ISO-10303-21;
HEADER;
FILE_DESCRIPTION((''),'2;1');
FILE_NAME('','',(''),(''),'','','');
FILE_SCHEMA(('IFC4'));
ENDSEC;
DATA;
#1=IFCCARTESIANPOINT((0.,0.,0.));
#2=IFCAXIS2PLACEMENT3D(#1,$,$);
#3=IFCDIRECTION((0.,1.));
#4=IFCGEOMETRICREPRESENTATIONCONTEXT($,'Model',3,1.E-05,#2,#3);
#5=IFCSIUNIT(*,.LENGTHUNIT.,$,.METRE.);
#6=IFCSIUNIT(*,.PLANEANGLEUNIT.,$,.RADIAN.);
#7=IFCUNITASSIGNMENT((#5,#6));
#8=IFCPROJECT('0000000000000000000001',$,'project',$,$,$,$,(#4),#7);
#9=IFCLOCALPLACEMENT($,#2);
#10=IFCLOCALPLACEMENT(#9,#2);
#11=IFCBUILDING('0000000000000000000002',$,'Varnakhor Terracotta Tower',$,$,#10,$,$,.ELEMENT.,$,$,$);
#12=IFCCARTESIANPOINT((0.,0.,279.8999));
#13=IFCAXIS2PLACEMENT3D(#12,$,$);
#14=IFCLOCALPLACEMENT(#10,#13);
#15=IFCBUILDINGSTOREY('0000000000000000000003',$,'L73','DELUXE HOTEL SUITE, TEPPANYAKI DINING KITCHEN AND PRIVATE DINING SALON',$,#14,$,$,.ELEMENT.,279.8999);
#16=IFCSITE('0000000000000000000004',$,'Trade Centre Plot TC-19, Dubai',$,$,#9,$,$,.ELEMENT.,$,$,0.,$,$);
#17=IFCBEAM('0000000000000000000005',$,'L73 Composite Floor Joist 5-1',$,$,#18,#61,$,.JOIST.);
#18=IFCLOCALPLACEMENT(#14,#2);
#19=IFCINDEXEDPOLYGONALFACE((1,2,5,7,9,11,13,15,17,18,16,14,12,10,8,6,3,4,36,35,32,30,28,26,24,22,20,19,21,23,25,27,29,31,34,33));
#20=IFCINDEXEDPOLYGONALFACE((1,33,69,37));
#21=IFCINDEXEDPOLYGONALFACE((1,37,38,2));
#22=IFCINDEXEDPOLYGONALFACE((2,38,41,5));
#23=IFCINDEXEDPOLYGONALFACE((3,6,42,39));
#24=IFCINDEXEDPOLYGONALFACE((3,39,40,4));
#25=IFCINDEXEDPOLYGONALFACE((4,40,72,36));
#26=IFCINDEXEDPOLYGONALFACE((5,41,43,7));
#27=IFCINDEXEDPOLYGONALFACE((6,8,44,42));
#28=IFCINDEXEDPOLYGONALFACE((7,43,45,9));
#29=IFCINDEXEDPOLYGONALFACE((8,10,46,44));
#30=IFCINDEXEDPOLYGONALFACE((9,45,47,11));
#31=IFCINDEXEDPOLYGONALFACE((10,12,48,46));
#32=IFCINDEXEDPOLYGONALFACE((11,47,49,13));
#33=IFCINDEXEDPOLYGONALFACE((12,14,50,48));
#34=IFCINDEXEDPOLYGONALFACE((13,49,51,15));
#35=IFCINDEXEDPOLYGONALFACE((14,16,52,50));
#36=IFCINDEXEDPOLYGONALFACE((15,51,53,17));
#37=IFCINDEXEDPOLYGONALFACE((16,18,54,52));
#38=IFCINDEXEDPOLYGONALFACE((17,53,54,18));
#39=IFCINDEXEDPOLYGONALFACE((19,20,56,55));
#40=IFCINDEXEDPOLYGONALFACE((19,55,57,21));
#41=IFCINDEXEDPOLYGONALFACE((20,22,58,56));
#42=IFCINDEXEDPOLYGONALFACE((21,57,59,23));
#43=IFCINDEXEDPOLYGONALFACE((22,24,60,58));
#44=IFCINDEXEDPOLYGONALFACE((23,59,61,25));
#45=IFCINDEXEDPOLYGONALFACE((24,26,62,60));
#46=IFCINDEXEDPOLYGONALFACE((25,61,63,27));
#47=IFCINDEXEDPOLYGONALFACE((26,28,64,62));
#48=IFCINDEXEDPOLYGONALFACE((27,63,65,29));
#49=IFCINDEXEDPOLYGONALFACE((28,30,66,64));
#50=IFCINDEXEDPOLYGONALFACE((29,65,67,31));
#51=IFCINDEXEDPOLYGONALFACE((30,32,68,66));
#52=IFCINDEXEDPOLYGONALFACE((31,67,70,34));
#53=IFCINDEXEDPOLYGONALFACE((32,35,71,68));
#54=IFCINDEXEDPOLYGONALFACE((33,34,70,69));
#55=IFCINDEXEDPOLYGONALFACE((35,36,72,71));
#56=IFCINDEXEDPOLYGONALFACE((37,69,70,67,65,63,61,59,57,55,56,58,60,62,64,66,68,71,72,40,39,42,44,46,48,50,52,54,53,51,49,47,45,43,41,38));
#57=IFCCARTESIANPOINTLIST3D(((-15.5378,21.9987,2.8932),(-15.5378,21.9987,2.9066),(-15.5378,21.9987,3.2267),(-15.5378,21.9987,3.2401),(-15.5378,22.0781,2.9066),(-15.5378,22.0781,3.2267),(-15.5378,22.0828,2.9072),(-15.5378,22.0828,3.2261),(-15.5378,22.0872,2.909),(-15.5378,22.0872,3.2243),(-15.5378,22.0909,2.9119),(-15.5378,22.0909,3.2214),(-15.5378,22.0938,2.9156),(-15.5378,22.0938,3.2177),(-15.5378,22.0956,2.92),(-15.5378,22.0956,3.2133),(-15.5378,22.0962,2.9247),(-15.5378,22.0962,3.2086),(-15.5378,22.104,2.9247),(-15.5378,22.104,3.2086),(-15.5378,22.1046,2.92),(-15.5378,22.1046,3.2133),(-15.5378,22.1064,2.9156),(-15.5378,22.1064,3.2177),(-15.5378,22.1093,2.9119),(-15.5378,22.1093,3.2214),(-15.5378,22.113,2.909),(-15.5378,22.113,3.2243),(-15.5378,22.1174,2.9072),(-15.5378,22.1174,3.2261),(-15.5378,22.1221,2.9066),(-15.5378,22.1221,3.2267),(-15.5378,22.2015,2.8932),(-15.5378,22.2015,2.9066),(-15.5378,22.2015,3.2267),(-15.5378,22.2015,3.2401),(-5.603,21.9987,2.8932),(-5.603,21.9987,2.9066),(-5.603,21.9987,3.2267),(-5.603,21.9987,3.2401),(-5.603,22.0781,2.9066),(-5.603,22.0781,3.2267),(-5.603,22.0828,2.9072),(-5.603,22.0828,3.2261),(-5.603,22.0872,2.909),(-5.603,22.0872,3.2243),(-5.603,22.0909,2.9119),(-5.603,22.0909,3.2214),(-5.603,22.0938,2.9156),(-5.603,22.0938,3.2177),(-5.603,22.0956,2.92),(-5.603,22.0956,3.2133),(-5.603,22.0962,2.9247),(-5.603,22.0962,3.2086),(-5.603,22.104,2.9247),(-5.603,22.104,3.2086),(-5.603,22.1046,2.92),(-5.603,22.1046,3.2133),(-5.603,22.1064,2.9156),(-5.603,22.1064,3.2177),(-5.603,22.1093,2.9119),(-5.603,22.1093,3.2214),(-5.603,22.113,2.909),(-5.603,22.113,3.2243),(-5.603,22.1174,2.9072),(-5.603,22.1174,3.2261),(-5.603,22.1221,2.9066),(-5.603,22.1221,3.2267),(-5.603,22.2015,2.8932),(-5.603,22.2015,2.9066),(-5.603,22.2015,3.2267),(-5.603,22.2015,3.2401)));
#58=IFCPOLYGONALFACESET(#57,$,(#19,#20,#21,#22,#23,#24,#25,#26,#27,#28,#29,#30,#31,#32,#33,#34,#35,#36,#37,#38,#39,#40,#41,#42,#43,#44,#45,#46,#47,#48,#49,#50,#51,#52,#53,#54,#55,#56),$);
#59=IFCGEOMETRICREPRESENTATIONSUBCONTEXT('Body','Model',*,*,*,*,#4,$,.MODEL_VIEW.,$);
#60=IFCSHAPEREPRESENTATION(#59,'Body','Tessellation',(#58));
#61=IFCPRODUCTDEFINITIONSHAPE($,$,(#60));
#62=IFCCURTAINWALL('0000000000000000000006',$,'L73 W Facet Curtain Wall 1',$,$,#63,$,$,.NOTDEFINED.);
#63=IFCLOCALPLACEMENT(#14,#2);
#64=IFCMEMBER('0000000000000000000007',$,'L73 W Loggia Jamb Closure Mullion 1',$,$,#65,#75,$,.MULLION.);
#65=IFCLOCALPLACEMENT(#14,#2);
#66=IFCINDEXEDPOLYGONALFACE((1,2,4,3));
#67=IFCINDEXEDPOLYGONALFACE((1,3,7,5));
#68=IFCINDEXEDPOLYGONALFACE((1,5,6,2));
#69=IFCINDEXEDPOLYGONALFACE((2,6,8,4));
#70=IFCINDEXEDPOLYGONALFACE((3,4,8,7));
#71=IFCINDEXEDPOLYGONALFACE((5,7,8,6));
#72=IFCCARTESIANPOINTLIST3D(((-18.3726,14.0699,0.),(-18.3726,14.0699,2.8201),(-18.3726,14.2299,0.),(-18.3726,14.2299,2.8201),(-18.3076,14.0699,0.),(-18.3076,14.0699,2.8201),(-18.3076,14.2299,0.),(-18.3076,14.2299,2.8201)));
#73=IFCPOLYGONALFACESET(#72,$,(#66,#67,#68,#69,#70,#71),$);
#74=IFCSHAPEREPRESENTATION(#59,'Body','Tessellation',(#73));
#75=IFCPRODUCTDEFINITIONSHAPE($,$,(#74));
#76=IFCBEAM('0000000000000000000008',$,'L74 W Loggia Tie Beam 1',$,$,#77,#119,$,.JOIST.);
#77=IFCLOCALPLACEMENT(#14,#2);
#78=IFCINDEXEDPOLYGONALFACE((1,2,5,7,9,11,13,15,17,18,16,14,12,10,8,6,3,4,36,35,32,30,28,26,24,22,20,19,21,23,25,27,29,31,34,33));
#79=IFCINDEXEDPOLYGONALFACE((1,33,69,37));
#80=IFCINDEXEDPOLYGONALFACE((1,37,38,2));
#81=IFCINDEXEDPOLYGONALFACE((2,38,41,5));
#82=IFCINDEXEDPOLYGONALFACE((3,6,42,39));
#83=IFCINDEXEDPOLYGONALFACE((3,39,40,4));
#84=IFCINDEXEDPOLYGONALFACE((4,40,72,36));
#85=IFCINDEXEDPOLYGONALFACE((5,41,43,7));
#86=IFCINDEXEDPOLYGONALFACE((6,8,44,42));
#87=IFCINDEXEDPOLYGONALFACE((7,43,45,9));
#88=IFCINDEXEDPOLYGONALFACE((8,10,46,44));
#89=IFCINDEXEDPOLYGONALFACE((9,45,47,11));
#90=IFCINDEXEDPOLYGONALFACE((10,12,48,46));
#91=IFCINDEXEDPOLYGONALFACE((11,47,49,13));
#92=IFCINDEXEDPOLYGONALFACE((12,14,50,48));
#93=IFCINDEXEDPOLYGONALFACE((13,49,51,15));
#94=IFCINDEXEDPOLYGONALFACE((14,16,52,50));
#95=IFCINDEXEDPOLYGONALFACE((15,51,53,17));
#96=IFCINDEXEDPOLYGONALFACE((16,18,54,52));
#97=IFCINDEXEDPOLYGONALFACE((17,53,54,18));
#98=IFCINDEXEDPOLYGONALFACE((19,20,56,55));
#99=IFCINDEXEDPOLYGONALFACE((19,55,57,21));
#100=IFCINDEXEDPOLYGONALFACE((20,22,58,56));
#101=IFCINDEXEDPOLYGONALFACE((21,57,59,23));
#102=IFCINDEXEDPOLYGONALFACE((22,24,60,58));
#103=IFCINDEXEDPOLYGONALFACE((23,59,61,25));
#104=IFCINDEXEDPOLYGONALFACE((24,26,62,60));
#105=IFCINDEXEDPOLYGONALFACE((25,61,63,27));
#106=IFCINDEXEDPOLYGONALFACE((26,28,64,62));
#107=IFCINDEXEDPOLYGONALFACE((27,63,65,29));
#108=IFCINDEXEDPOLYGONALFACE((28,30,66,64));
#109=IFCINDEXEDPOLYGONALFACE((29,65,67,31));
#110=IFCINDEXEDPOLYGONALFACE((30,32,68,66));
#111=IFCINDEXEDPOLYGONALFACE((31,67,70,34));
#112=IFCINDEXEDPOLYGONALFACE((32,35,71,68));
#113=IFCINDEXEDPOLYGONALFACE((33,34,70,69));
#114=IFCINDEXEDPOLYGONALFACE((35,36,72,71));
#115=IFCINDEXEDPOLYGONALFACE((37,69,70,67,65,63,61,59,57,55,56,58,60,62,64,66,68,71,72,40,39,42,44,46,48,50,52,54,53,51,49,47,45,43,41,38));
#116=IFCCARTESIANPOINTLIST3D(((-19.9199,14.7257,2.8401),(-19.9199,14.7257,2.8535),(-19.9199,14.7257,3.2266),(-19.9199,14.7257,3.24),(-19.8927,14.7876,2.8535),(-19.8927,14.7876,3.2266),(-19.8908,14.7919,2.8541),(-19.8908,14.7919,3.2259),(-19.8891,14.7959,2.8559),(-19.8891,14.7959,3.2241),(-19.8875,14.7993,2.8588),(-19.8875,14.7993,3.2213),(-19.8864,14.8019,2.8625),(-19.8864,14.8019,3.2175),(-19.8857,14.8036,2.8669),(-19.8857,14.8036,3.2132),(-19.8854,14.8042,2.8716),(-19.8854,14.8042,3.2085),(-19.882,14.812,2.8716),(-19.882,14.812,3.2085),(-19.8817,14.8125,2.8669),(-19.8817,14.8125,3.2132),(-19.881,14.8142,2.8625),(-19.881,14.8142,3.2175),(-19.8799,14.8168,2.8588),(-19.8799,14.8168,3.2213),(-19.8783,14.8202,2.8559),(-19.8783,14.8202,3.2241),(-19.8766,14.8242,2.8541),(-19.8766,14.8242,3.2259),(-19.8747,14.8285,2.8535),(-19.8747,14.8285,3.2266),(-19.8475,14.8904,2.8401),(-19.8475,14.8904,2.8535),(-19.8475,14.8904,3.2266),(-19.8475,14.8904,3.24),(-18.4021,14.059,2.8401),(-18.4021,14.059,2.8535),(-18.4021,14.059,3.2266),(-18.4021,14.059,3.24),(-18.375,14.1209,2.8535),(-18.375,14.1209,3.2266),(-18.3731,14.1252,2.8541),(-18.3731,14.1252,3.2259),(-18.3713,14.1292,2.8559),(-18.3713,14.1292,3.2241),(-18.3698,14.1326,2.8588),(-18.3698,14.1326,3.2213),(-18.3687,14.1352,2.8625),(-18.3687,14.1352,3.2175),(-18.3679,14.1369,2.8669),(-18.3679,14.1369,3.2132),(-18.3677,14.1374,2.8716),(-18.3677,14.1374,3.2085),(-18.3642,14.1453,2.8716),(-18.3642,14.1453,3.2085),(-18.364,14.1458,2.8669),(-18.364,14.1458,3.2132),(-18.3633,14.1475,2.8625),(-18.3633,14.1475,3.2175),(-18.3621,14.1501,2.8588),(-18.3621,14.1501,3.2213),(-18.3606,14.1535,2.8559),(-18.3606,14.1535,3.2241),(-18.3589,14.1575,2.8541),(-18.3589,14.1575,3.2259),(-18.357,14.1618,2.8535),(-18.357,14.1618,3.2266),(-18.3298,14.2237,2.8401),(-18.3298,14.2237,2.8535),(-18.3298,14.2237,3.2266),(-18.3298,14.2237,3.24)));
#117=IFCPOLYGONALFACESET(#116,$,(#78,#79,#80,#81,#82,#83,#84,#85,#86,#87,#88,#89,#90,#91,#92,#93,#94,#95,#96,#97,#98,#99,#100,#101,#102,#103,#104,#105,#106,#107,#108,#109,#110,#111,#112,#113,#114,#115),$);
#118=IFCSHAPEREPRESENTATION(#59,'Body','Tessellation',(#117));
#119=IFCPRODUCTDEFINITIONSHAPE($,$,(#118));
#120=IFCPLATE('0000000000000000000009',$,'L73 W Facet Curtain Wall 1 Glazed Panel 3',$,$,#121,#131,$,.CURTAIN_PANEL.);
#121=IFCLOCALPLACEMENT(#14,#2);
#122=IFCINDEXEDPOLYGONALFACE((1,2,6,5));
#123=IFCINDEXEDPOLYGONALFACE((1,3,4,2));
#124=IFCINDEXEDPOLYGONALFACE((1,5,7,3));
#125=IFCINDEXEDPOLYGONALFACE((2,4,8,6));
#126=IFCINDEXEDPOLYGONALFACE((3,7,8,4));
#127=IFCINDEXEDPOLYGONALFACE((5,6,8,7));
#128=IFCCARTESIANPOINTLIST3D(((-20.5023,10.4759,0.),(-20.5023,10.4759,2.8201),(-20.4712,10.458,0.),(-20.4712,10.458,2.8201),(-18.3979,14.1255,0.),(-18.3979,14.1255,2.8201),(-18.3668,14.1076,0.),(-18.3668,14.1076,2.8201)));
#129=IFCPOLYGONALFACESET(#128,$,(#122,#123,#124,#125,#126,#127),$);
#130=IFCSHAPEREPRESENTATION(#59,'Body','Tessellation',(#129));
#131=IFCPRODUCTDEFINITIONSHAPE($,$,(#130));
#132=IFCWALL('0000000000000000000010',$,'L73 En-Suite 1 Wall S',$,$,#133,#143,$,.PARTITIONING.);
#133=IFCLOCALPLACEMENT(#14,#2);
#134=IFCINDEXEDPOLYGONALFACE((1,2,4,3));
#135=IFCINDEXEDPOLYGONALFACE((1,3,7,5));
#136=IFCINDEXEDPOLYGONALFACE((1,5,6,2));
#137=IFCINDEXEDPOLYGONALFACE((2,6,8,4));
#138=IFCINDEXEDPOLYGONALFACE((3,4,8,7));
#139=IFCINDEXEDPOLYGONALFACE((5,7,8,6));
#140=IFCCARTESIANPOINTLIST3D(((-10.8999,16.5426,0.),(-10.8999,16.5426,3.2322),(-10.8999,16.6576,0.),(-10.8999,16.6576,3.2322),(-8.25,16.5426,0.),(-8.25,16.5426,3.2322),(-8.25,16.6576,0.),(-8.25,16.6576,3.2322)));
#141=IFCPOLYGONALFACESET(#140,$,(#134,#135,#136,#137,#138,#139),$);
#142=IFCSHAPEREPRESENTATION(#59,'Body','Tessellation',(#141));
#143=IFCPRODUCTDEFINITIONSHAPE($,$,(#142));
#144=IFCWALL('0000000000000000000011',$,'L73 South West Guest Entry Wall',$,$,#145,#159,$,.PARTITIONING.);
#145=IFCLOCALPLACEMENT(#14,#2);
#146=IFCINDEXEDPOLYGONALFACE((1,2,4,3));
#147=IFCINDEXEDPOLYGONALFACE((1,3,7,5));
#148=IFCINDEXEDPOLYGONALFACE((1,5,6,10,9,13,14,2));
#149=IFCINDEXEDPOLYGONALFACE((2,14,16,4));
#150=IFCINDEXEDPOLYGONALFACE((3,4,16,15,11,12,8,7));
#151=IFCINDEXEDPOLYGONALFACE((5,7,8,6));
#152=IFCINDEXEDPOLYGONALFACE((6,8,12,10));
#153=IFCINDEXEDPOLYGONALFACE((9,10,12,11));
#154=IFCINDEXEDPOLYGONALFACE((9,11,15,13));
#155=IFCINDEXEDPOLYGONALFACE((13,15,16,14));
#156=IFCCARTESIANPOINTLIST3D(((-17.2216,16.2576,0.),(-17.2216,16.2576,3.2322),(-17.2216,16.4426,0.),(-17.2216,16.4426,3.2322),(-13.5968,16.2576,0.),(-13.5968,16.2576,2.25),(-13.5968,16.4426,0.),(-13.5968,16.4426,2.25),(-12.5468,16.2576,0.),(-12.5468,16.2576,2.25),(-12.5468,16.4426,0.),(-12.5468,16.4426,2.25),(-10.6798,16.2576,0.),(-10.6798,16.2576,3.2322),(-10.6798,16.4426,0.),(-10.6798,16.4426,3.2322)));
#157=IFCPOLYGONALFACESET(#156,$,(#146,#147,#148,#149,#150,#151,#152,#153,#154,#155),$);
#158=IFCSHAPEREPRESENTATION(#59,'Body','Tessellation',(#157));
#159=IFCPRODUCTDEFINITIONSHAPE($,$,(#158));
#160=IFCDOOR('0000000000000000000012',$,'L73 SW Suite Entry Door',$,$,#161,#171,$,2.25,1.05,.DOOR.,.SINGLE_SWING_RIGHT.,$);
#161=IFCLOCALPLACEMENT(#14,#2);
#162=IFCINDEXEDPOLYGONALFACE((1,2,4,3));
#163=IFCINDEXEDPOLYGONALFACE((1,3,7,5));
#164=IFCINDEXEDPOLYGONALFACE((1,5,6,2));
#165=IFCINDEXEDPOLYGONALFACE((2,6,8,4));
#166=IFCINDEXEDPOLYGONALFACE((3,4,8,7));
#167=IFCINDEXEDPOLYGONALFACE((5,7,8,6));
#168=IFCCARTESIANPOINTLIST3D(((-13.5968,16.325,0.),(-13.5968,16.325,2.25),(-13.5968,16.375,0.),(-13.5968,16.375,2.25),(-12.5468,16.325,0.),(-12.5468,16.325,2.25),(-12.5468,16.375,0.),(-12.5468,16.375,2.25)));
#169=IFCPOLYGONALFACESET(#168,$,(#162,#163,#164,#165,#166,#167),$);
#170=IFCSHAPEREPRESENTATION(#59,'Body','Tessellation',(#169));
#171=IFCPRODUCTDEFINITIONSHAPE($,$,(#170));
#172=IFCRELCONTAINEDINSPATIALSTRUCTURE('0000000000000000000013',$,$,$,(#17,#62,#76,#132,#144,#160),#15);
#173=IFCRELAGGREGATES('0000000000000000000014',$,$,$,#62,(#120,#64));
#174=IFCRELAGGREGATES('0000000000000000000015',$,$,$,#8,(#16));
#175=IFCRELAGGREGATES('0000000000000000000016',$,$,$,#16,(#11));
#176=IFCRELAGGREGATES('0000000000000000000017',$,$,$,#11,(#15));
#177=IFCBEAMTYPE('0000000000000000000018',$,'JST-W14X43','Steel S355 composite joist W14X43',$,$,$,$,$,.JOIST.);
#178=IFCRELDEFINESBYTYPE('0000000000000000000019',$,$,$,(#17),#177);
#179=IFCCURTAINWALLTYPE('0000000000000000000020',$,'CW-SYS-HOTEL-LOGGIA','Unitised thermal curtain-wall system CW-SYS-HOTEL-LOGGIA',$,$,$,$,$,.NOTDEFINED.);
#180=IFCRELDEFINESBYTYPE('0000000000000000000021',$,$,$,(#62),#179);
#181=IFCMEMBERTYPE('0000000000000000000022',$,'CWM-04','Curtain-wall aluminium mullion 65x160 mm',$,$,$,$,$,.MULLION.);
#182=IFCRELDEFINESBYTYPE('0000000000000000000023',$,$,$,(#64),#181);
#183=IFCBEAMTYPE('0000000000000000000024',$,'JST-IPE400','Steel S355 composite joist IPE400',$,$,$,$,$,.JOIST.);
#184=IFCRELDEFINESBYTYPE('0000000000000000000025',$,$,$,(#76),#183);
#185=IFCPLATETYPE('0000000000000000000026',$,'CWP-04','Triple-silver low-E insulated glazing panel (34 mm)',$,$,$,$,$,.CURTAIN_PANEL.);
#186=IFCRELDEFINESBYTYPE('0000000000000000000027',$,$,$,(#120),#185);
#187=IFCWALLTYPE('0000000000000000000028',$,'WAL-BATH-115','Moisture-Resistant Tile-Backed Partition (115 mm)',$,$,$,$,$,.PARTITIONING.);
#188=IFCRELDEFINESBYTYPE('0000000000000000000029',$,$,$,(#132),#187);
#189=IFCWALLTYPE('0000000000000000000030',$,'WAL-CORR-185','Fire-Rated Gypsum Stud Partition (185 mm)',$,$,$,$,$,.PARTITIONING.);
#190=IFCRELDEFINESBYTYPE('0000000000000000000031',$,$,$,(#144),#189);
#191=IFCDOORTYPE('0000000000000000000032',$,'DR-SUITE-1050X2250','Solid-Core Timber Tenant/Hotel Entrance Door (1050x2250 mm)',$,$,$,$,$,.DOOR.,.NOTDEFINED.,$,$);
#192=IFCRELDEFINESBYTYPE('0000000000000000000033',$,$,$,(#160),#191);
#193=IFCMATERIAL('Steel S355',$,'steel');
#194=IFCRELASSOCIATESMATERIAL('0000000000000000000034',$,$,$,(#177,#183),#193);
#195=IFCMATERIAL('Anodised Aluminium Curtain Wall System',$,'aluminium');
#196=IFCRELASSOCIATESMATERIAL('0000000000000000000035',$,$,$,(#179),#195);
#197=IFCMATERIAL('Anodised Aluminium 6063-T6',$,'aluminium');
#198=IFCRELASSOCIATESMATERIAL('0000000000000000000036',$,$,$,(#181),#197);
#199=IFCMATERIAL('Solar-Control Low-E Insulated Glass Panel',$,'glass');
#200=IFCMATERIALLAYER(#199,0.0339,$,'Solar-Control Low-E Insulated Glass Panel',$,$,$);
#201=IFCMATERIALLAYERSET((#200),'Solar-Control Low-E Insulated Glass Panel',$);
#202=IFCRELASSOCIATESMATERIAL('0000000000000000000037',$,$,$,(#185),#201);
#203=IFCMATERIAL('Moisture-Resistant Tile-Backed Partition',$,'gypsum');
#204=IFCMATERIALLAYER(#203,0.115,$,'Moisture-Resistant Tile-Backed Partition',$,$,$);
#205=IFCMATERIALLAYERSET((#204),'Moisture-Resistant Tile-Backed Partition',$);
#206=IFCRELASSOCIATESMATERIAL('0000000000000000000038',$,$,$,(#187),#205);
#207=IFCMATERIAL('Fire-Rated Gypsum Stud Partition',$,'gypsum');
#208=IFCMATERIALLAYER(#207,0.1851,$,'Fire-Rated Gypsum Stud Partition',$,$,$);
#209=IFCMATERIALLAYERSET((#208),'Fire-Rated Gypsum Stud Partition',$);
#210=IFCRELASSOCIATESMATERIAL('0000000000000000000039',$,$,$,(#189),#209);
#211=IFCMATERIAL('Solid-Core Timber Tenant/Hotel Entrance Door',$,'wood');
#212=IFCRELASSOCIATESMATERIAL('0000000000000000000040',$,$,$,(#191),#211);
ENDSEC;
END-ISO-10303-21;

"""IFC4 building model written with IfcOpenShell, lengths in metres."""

from ifc_helpers import new_model, si_unit, direction, frame, frame_2d, origin, origin_2d, place, context, subcontext, project, spatial, rectangle, i_section, extrude, source, transform, mapped, material, layer, layer_set, material_profile, profile_set, type_object, type_shapes, element, fill, aggregate, save


model = new_model("IFC4")

# Units and contexts
model_context = context("Model", 3, precision=1e-05, world=origin(), true_north=direction((0.0, 1.0)))
body_context = subcontext(model_context, "Body", "Model", "MODEL_VIEW")
ifc_project = project(units=[si_unit("LENGTHUNIT", "METRE"), si_unit("PLANEANGLEUNIT", "RADIAN")], contexts=[model_context])

# Site, building, storey
site_placement = place(None, origin())
site = spatial("IfcSite", under=ifc_project, at=site_placement, Name="Trade Centre Plot TC-19, Dubai", CompositionType="ELEMENT", RefElevation=0.0)
building_placement = place(site_placement, origin())
building = spatial("IfcBuilding", under=site, at=building_placement, Name="Varnakhor Terracotta Tower", CompositionType="ELEMENT")
storey_placement = place(building_placement, frame((0.0, 0.0, 279.8999)))
storey = spatial("IfcBuildingStorey", under=building, at=storey_placement, Name="L73", Description="DELUXE HOTEL SUITE, TEPPANYAKI DINING KITCHEN AND PRIVATE DINING SALON", CompositionType="ELEMENT", Elevation=279.8999)

# Beam
ifc_material_1 = material(Name="Steel S355", Category="steel")
ifc_material_profile_1 = material_profile(ifc_material_1, i_section(OverallWidth=0.2029, OverallDepth=0.3469, WebThickness=0.0078, FlangeThickness=0.0134, FilletRadius=0.0181, at=origin_2d()), Name="W14X43")
ifc_profile_set_1 = profile_set([ifc_material_profile_1], Name="Steel S355")
beam_type_1 = type_object("IfcBeamType", Name="JST-W14X43", Description="Steel S355 composite joist W14X43", PredefinedType="JOIST", material=ifc_profile_set_1)
shared_shape_1 = source(origin(), body_context, "Body", "SweptSolid", [
    extrude(i_section(OverallWidth=0.2029, OverallDepth=0.3469, WebThickness=0.0078, FlangeThickness=0.0134, FilletRadius=0.0181, at=origin_2d()), origin(), (0.0, 0.0, 1.0), 9.9348),
])
beam_1_placement = place(storey_placement, frame((-15.5378, 22.1001, 3.0667), z_axis=(1.0, 0.0, 0.0), x_axis=(0.0, 1.0, 0.0)))
element("IfcBeam", 1, at=beam_1_placement, inside=storey, type_object=beam_type_1, Name="L73 Composite Floor Joist 5-1", PredefinedType="JOIST", context=body_context, shape_type="MappedRepresentation", body=[
    mapped(shared_shape_1, transform((0.0, 0.0, 0.0), scale=1.0)),
])

# Curtain wall, member
ifc_material_2 = material(Name="Anodised Aluminium Curtain Wall System", Category="aluminium")
curtain_wall_type = type_object("IfcCurtainWallType", Name="CW-SYS-HOTEL-LOGGIA", Description="Unitised thermal curtain-wall system CW-SYS-HOTEL-LOGGIA", PredefinedType="NOTDEFINED", material=ifc_material_2)
curtain_wall_placement = place(storey_placement, origin())
curtain_wall = element("IfcCurtainWall", 2, at=curtain_wall_placement, inside=storey, type_object=curtain_wall_type, Name="L73 W Facet Curtain Wall 1", PredefinedType="NOTDEFINED")
ifc_material_3 = material(Name="Anodised Aluminium 6063-T6", Category="aluminium")
ifc_material_profile_2 = material_profile(ifc_material_3, rectangle(XDim=0.0649, YDim=0.1599, at=origin_2d()), Name="ALU MULLION 65x160")
ifc_profile_set_2 = profile_set([ifc_material_profile_2], Name="Anodised Aluminium 6063-T6")
member_type = type_object("IfcMemberType", Name="CWM-04", Description="Curtain-wall aluminium mullion 65x160 mm", PredefinedType="MULLION", material=ifc_profile_set_2)
shared_shape_2 = source(origin(), body_context, "Body", "SweptSolid", [
    extrude(rectangle(XDim=0.0649, YDim=0.1599, at=origin_2d()), origin(), (0.0, 0.0, 1.0), 2.8201),
])
type_shapes(member_type, [shared_shape_2])
member_placement = place(storey_placement, frame((-18.3401, 14.1499, 0.0), z_axis=(0.0, 0.0, 1.0), x_axis=(1.0, 0.0, 0.0)))
member = element("IfcMember", 3, at=member_placement, type_object=member_type, Name="L73 W Loggia Jamb Closure Mullion 1", PredefinedType="MULLION", context=body_context, shape_type="MappedRepresentation", body=[
    mapped(shared_shape_2, transform((0.0, 0.0, 0.0), scale=1.0)),
])

# Beam
ifc_material_profile_3 = material_profile(ifc_material_1, i_section(OverallWidth=0.1799, OverallDepth=0.3999, WebThickness=0.0085, FlangeThickness=0.0134, FilletRadius=0.0181, at=origin_2d()), Name="IPE400")
ifc_profile_set_3 = profile_set([ifc_material_profile_3], Name="Steel S355")
beam_type_2 = type_object("IfcBeamType", Name="JST-IPE400", Description="Steel S355 composite joist IPE400", PredefinedType="JOIST", material=ifc_profile_set_3)
shared_shape_3 = source(origin(), body_context, "Body", "SweptSolid", [
    extrude(i_section(OverallWidth=0.1799, OverallDepth=0.3999, WebThickness=0.0085, FlangeThickness=0.0134, FilletRadius=0.0181, at=origin_2d()), origin(), (0.0, 0.0, 1.0), 1.6577),
])
beam_2_placement = place(storey_placement, frame((-18.366, 14.1414, 3.04), z_axis=(-0.915558, 0.402186, 0.0), x_axis=(-0.402186, -0.915558, 0.0)))
element("IfcBeam", 4, at=beam_2_placement, inside=storey, type_object=beam_type_2, Name="L74 W Loggia Tie Beam 1", PredefinedType="JOIST", context=body_context, shape_type="MappedRepresentation", body=[
    mapped(shared_shape_3, transform((0.0, 0.0, 0.0), scale=1.0)),
])

# Plate
ifc_material_4 = material(Name="Solar-Control Low-E Insulated Glass Panel", Category="glass")
ifc_layer_1 = layer(ifc_material_4, 0.0339, Name="Solar-Control Low-E Insulated Glass Panel")
ifc_layer_set_1 = layer_set([ifc_layer_1], Name="Solar-Control Low-E Insulated Glass Panel")
plate_type = type_object("IfcPlateType", Name="CWP-04", Description="Triple-silver low-E insulated glazing panel (34 mm)", PredefinedType="CURTAIN_PANEL", material=ifc_layer_set_1)
shared_shape_4 = source(origin(), body_context, "Body", "SweptSolid", [
    extrude(rectangle(XDim=4.2129, YDim=0.0359, at=origin_2d()), origin(), (0.0, 0.0, 1.0), 2.8201),
])
plate_placement = place(storey_placement, frame((-19.4346, 12.2917, 0.0), z_axis=(0.0, 0.0, 1.0), x_axis=(0.499516, 0.866305, 0.0)))
plate = element("IfcPlate", 5, at=plate_placement, type_object=plate_type, Name="L73 W Facet Curtain Wall 1 Glazed Panel 3", PredefinedType="CURTAIN_PANEL", context=body_context, shape_type="MappedRepresentation", body=[
    mapped(shared_shape_4, transform((0.0, 0.0, 0.0), scale=1.0)),
])
aggregate(curtain_wall, [plate, member])

# Wall
ifc_material_5 = material(Name="Moisture-Resistant Tile-Backed Partition", Category="gypsum")
ifc_layer_2 = layer(ifc_material_5, 0.115, Name="Moisture-Resistant Tile-Backed Partition")
ifc_layer_set_2 = layer_set([ifc_layer_2], Name="Moisture-Resistant Tile-Backed Partition")
wall_type_1 = type_object("IfcWallType", Name="WAL-BATH-115", Description="Moisture-Resistant Tile-Backed Partition (115 mm)", PredefinedType="PARTITIONING", material=ifc_layer_set_2)
wall_1_placement = place(storey_placement, frame((-10.8999, 16.6001, 0.0), z_axis=(0.0, 0.0, 1.0), x_axis=(1.0, 0.0, 0.0)))
element("IfcWall", 6, at=wall_1_placement, inside=storey, type_object=wall_type_1, Name="L73 En-Suite 1 Wall S", PredefinedType="PARTITIONING", context=body_context, shape_type="SweptSolid", body=[
    extrude(rectangle(XDim=2.6499, YDim=0.115, at=frame_2d((1.325, 0.0))), origin(), (0.0, 0.0, 1.0), 3.2322),
])

# Wall, opening, door
ifc_material_6 = material(Name="Fire-Rated Gypsum Stud Partition", Category="gypsum")
ifc_layer_3 = layer(ifc_material_6, 0.1851, Name="Fire-Rated Gypsum Stud Partition")
ifc_layer_set_3 = layer_set([ifc_layer_3], Name="Fire-Rated Gypsum Stud Partition")
wall_type_2 = type_object("IfcWallType", Name="WAL-CORR-185", Description="Fire-Rated Gypsum Stud Partition (185 mm)", PredefinedType="PARTITIONING", material=ifc_layer_set_3)
wall_2_placement = place(storey_placement, frame((-17.2217, 16.3501, 0.0), z_axis=(0.0, 0.0, 1.0), x_axis=(1.0, 0.0, 0.0)))
wall_2 = element("IfcWall", 7, at=wall_2_placement, inside=storey, type_object=wall_type_2, Name="L73 South West Guest Entry Wall", PredefinedType="PARTITIONING", context=body_context, shape_type="SweptSolid", body=[
    extrude(rectangle(XDim=6.5417, YDim=0.1851, at=frame_2d((3.271, 0.0))), origin(), (0.0, 0.0, 1.0), 3.2322),
])
opening_1_placement = place(wall_2_placement, frame((3.625, 0.0, 0.0)))
opening_1 = element("IfcOpeningElement", 8, at=opening_1_placement, cuts=wall_2, PredefinedType="OPENING", context=body_context, shape_type="SweptSolid", body=[
    extrude(rectangle(XDim=1.05, YDim=2.25, at=frame_2d((0.5249, 1.125))), frame((0.0, 0.1025, 0.0), z_axis=(0.0, -1.0, 0.0), x_axis=(1.0, 0.0, 0.0)), (0.0, 0.0, 1.0), 0.2051),
])
ifc_material_7 = material(Name="Solid-Core Timber Tenant/Hotel Entrance Door", Category="wood")
door_type_1 = type_object("IfcDoorType", Name="DR-SUITE-1050X2250", Description="Solid-Core Timber Tenant/Hotel Entrance Door (1050x2250 mm)", OperationType="NOTDEFINED", PredefinedType="DOOR", material=ifc_material_7)
shared_shape_5 = source(origin(), body_context, "Body", "SweptSolid", [
    extrude(rectangle(XDim=1.05, YDim=2.25, at=frame_2d((0.5249, 1.125))), frame((0.0, 0.0249, 0.0), z_axis=(0.0, -1.0, 0.0), x_axis=(1.0, 0.0, 0.0)), (0.0, 0.0, 1.0), 0.05),
])
type_shapes(door_type_1, [shared_shape_5])
door_1_placement = place(opening_1_placement, origin())
door_1 = element("IfcDoor", 9, at=door_1_placement, inside=storey, type_object=door_type_1, Name="L73 SW Suite Entry Door", OperationType="SINGLE_SWING_RIGHT", OverallHeight=2.25, OverallWidth=1.05, PredefinedType="DOOR", context=body_context, shape_type="MappedRepresentation", body=[
    mapped(shared_shape_5, transform((0.0, 0.0, 0.0), scale=1.0)),
])
fill(opening_1, door_1)

save(model, "model.ifc")
